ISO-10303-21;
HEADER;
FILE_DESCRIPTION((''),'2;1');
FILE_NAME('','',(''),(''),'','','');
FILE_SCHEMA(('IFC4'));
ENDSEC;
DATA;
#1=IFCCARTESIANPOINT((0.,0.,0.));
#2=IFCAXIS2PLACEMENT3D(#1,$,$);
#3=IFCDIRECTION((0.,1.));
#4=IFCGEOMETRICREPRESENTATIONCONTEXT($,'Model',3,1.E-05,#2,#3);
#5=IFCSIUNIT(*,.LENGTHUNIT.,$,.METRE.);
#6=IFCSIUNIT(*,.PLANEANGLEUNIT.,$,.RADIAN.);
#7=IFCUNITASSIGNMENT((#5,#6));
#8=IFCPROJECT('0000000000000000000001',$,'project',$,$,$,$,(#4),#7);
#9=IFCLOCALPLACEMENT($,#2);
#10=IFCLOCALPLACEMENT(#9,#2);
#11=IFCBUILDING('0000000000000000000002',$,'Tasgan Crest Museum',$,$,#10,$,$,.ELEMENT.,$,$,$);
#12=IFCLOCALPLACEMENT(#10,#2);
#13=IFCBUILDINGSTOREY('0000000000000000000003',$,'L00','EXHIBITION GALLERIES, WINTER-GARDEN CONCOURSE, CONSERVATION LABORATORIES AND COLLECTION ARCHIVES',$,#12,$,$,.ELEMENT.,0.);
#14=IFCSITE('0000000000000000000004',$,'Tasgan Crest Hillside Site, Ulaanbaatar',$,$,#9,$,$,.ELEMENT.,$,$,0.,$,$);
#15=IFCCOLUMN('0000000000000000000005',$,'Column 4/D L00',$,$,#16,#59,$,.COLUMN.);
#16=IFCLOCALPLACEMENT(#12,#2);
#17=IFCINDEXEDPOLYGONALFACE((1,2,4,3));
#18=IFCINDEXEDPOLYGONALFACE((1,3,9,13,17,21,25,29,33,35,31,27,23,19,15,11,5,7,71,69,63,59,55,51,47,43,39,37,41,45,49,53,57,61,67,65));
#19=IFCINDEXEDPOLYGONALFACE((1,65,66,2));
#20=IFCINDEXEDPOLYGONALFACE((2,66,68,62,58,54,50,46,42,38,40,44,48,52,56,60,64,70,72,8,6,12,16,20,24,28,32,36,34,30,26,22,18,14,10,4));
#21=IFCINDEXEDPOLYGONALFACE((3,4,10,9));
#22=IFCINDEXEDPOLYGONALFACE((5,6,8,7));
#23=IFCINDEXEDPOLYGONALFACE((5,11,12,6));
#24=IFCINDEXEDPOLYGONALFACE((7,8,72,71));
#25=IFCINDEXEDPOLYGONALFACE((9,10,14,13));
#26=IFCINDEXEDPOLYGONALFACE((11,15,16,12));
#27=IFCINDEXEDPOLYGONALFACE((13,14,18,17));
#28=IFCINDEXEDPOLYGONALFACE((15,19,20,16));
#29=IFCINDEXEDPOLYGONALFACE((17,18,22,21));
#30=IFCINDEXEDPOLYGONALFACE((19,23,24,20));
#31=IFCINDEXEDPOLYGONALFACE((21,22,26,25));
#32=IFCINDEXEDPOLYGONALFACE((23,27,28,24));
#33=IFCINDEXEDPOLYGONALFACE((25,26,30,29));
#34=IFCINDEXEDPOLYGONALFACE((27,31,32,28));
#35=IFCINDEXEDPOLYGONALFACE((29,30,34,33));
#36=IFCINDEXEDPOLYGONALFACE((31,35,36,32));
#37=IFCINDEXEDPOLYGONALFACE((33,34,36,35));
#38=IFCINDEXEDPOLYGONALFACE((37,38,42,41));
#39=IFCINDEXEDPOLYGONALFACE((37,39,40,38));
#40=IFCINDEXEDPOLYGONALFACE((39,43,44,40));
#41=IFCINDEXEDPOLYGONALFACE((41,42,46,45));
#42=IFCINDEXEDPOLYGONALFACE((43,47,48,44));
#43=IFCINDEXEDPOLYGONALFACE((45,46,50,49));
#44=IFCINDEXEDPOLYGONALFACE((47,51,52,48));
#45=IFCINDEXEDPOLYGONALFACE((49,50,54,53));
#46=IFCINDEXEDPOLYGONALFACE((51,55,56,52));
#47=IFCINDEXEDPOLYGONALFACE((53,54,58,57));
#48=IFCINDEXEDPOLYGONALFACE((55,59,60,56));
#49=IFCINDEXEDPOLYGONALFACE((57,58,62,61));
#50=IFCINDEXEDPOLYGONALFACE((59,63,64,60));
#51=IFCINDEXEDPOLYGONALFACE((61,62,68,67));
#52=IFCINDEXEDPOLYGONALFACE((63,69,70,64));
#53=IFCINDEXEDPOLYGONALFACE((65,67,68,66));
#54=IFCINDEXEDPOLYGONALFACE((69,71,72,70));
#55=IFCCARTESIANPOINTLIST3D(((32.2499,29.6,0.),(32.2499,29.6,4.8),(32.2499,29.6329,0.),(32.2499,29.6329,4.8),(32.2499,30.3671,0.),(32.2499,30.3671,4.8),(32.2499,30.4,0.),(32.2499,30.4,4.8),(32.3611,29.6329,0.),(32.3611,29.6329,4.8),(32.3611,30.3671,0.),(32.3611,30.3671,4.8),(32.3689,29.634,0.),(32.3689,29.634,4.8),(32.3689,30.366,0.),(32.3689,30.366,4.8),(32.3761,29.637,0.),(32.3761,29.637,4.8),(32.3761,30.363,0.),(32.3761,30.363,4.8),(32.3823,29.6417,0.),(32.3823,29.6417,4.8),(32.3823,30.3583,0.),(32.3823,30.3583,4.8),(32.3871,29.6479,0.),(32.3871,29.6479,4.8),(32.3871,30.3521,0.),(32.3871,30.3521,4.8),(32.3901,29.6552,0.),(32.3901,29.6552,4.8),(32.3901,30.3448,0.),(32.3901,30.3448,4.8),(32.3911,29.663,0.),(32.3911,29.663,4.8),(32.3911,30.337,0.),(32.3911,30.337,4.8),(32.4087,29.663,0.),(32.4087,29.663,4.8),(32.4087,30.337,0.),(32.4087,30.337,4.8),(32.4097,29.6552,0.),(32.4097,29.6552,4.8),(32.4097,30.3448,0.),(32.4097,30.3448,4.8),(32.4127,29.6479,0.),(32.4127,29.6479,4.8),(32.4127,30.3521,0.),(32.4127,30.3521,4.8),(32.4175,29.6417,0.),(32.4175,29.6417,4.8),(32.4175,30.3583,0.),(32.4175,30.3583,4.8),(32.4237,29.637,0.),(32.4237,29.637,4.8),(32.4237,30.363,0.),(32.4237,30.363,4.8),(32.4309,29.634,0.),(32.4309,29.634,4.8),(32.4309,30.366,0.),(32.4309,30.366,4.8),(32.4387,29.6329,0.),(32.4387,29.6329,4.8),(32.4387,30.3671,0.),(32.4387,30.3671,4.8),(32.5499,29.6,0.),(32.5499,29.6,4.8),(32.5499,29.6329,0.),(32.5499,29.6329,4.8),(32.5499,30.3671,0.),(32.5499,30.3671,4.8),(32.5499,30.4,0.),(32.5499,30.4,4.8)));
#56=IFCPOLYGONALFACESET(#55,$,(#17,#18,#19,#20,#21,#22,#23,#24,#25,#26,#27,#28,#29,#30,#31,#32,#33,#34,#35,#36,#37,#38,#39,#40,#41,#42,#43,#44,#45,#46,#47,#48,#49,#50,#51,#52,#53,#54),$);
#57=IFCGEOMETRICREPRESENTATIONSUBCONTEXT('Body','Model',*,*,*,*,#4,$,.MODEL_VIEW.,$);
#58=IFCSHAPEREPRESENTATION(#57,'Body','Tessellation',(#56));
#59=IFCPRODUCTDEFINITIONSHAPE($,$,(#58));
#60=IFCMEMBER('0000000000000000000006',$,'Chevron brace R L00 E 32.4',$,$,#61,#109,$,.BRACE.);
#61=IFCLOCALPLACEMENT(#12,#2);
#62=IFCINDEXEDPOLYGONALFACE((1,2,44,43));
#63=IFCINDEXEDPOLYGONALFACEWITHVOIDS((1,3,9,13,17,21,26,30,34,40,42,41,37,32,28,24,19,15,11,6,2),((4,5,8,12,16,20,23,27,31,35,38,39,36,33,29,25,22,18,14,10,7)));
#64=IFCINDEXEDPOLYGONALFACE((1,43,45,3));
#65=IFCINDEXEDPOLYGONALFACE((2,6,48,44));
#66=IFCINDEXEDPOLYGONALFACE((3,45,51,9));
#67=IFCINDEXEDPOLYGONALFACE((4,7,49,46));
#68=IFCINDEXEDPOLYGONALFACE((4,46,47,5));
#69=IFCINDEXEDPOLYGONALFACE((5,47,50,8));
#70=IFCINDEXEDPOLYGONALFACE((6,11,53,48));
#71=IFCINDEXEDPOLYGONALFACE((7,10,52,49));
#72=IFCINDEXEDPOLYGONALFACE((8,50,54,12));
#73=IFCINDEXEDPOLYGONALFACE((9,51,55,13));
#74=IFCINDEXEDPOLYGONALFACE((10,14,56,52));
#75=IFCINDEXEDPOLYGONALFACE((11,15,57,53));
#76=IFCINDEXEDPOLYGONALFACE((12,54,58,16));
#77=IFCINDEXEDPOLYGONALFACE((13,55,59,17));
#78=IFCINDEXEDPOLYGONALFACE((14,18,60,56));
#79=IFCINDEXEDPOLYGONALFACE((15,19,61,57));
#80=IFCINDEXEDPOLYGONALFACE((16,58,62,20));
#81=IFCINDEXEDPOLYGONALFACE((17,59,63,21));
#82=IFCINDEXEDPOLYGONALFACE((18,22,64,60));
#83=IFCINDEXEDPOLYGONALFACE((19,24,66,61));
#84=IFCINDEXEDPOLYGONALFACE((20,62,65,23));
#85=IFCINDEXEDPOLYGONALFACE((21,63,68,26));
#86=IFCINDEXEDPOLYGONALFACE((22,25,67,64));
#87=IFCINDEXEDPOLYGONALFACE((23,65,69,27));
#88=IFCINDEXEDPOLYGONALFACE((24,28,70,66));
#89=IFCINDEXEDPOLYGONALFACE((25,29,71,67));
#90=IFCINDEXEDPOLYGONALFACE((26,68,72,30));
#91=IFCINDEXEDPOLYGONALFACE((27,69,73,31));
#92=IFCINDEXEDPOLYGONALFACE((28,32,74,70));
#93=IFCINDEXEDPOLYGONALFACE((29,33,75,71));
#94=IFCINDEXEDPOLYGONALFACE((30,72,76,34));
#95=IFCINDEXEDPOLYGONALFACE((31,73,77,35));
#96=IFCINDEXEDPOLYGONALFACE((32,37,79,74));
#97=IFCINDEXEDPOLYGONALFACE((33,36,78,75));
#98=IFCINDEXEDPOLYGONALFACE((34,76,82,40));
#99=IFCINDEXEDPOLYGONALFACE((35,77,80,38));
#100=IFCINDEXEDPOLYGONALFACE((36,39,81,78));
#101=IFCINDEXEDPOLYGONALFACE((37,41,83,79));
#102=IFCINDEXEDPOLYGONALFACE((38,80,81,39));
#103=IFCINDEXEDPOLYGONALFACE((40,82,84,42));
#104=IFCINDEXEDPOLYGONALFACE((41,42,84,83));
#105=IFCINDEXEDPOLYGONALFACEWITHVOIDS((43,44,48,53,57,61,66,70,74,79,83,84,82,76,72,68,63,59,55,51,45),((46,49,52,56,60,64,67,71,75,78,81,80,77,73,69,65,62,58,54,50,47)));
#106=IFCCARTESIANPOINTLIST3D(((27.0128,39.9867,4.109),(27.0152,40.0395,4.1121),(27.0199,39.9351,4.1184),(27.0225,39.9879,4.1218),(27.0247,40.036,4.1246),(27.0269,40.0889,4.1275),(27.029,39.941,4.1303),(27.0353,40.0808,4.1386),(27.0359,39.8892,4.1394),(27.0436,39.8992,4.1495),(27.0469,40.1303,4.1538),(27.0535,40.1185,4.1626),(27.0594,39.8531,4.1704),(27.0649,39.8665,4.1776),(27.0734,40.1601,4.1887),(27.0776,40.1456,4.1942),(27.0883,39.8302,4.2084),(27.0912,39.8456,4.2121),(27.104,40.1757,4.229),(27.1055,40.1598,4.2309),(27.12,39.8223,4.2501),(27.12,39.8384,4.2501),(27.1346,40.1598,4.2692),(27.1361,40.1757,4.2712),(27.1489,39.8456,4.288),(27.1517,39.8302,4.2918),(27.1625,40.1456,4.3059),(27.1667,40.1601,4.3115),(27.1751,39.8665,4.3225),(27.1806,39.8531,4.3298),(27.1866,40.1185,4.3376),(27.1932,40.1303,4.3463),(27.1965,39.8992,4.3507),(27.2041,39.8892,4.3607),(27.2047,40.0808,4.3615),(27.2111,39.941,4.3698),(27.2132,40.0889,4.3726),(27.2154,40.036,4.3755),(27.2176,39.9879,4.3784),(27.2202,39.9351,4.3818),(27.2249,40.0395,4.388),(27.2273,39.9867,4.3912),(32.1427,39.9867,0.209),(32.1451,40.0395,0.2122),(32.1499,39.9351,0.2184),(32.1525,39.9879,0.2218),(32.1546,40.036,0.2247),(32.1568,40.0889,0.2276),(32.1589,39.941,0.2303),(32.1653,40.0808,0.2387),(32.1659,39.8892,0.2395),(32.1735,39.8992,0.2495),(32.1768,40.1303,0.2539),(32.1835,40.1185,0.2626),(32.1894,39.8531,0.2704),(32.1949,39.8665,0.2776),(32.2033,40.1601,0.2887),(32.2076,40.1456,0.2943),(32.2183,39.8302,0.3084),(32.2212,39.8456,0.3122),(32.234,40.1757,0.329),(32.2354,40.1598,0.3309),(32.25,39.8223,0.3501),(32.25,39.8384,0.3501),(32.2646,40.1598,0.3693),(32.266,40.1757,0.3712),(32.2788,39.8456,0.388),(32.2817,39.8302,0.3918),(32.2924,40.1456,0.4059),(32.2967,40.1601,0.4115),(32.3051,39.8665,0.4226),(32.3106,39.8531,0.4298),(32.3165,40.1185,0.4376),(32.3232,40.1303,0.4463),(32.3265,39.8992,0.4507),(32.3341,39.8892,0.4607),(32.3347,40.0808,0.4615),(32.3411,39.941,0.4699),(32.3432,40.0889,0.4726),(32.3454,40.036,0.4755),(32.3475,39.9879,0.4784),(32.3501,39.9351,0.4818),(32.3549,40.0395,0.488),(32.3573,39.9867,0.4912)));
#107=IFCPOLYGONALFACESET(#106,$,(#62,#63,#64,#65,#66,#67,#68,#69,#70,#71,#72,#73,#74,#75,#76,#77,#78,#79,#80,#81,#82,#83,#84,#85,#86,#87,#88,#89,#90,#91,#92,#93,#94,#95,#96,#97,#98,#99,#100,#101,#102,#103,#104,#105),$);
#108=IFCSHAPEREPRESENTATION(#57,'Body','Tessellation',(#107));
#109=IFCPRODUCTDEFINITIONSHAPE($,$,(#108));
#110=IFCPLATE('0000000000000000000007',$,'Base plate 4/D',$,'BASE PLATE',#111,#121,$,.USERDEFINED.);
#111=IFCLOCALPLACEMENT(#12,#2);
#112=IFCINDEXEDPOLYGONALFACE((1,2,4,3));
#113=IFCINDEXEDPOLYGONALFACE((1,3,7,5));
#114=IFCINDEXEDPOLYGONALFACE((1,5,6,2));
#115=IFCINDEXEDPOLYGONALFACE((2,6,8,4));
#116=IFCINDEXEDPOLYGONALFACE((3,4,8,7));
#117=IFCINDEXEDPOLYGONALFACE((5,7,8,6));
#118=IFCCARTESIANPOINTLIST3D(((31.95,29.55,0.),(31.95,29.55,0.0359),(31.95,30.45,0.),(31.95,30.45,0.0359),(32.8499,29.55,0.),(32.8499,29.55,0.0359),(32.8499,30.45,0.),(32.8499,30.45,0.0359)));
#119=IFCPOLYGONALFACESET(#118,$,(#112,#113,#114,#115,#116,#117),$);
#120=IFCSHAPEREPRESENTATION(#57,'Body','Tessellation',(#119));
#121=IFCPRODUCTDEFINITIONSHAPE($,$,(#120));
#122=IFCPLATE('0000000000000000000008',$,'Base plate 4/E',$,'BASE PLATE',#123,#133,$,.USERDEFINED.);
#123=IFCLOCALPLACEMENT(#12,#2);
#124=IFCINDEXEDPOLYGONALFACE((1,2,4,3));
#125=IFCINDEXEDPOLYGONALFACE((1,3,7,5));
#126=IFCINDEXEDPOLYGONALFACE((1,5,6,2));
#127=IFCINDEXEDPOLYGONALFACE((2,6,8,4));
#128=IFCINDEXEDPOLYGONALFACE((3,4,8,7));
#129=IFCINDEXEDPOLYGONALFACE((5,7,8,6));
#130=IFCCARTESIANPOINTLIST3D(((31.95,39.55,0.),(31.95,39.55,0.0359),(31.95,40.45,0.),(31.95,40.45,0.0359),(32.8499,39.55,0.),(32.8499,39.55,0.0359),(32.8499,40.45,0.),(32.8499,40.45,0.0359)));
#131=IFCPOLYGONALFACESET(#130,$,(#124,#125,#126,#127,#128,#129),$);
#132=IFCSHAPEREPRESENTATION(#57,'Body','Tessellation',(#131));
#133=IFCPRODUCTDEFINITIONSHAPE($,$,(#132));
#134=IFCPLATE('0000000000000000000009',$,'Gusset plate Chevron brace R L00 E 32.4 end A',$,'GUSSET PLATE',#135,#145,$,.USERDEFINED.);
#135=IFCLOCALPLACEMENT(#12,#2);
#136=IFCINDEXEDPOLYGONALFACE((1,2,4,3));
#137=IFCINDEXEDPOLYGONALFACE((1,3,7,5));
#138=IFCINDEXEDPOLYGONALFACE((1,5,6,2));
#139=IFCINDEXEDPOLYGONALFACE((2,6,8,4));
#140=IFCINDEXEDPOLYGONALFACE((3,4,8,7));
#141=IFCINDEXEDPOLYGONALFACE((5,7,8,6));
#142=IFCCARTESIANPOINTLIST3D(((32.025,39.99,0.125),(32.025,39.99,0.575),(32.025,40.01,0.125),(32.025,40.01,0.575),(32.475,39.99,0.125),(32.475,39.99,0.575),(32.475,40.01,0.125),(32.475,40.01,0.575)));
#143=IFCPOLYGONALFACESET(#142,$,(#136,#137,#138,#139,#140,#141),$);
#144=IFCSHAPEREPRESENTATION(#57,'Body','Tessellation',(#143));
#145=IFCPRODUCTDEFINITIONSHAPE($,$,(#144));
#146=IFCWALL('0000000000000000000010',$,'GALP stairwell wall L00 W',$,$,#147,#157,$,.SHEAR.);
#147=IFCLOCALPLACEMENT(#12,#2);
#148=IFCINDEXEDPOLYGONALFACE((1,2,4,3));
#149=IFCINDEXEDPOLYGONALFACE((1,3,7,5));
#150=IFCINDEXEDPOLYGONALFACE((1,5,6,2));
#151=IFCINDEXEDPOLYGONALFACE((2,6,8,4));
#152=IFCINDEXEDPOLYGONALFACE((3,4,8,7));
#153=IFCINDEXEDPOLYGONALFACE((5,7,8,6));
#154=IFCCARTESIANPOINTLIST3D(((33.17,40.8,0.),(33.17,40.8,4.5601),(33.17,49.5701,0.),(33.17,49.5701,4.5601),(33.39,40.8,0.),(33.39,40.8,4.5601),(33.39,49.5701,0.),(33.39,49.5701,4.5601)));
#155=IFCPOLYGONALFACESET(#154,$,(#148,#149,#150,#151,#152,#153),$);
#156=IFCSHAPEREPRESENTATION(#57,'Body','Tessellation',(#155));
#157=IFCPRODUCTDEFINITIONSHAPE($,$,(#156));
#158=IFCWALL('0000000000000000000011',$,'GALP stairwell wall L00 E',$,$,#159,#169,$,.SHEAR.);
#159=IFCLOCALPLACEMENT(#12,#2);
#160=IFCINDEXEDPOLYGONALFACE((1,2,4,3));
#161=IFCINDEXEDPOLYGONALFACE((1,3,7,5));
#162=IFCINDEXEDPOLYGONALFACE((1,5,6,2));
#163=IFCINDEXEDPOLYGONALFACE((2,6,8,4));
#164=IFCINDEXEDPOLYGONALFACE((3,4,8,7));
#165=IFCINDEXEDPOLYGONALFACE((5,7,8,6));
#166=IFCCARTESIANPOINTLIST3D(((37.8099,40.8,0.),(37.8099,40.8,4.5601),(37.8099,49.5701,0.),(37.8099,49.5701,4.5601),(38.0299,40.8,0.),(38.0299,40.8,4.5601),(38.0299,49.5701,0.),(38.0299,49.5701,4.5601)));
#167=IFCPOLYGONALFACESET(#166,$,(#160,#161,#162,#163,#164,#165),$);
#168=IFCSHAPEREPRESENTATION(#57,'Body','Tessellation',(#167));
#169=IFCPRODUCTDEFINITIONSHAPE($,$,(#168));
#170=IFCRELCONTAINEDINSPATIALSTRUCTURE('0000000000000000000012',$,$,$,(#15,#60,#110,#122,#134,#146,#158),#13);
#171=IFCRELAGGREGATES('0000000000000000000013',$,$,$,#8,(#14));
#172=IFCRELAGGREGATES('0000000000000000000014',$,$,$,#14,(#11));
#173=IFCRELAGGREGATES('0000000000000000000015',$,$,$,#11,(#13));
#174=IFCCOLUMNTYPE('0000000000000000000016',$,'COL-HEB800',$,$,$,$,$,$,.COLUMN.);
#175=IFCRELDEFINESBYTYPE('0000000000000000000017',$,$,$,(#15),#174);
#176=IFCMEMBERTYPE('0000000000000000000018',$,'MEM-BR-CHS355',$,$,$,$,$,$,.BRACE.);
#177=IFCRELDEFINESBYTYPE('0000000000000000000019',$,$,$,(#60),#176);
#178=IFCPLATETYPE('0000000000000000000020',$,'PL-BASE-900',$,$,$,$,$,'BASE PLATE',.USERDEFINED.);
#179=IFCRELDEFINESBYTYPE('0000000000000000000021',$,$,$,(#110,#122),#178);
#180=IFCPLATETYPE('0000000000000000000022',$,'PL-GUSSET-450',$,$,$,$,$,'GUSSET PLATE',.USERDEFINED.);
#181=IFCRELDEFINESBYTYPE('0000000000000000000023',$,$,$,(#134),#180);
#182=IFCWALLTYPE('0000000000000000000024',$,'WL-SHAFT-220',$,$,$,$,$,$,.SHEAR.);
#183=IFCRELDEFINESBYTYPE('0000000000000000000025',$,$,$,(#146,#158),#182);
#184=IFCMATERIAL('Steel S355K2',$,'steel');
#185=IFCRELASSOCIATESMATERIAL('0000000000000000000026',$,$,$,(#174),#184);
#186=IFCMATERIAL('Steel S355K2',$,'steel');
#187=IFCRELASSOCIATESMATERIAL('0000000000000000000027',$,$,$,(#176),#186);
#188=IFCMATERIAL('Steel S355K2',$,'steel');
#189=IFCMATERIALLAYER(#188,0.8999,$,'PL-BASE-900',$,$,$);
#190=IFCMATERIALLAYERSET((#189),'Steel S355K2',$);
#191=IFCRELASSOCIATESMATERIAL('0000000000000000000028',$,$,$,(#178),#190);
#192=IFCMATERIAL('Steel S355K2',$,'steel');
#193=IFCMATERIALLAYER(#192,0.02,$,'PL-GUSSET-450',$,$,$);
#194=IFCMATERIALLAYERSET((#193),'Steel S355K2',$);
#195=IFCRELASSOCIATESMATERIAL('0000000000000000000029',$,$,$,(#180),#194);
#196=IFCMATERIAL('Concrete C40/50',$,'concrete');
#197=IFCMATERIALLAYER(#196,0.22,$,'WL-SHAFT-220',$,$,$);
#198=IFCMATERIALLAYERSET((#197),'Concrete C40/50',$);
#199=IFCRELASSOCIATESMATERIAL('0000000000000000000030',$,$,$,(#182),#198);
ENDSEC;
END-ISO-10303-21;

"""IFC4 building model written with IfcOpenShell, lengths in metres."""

from ifc_helpers import new_model, si_unit, direction, frame, frame_2d, origin, origin_2d, place, context, subcontext, project, spatial, rectangle, hollow_circle, i_section, extrude, material, layer, layer_set, material_profile, profile_set, type_object, element, save


model = new_model("IFC4")

# Units and contexts
model_context = context("Model", 3, precision=1e-05, world=origin(), true_north=direction((0.0, 1.0)))
body_context = subcontext(model_context, "Body", "Model", "MODEL_VIEW")
ifc_project = project(units=[si_unit("LENGTHUNIT", "METRE"), si_unit("PLANEANGLEUNIT", "RADIAN")], contexts=[model_context])

# Site, building, storey
site_placement = place(None, origin())
site = spatial("IfcSite", under=ifc_project, at=site_placement, Name="Tasgan Crest Hillside Site, Ulaanbaatar", CompositionType="ELEMENT", RefElevation=0.0)
building_placement = place(site_placement, origin())
building = spatial("IfcBuilding", under=site, at=building_placement, Name="Tasgan Crest Museum", CompositionType="ELEMENT")
storey_placement = place(building_placement, origin())
storey = spatial("IfcBuildingStorey", under=building, at=storey_placement, Name="L00", Description="EXHIBITION GALLERIES, WINTER-GARDEN CONCOURSE, CONSERVATION LABORATORIES AND COLLECTION ARCHIVES", CompositionType="ELEMENT", Elevation=0.0)

# Column
ifc_material_1 = material(Name="Steel S355K2", Category="steel")
ifc_material_profile_1 = material_profile(ifc_material_1, i_section(OverallWidth=0.3, OverallDepth=0.8, WebThickness=0.0176, FlangeThickness=0.033, FilletRadius=0.03, at=origin_2d()), Name="HEB 800")
ifc_profile_set_1 = profile_set([ifc_material_profile_1], Name="Steel S355K2")
column_type_1 = type_object("IfcColumnType", Name="COL-HEB800", PredefinedType="COLUMN", material=ifc_profile_set_1)
column_1_placement = place(storey_placement, frame((32.3999, 30.0, 0.0), z_axis=(0.0, 0.0, 1.0), x_axis=(1.0, 0.0, 0.0)))
element("IfcColumn", 1, at=column_1_placement, inside=storey, type_object=column_type_1, Name="Column 4/D L00", PredefinedType="COLUMN", context=body_context, shape_type="SweptSolid", body=[
    extrude(i_section(OverallWidth=0.3, OverallDepth=0.8, WebThickness=0.0176, FlangeThickness=0.033, FilletRadius=0.03, at=origin_2d()), origin(), (0.0, 0.0, 1.0), 4.8),
])

# Member
ifc_material_2 = material(Name="Steel S355K2", Category="steel")
ifc_material_profile_2 = material_profile(ifc_material_2, hollow_circle(Radius=0.1777, WallThickness=0.0161, at=origin_2d()), Name="CHS 355.6x16")
ifc_profile_set_2 = profile_set([ifc_material_profile_2], Name="Steel S355K2")
member_type = type_object("IfcMemberType", Name="MEM-BR-CHS355", PredefinedType="BRACE", material=ifc_profile_set_2)
member_placement = place(storey_placement, frame((32.25, 40.0, 0.3501), z_axis=(-0.796073, 0.0, 0.6052), x_axis=(0.0, -1.0, 0.0)))
element("IfcMember", 2, at=member_placement, inside=storey, type_object=member_type, Name="Chevron brace R L00 E 32.4", PredefinedType="BRACE", context=body_context, shape_type="SweptSolid", body=[
    extrude(hollow_circle(Radius=0.1777, WallThickness=0.0161, at=origin_2d()), origin(), (0.0, 0.0, 1.0), 6.4441),
])

# Plates
ifc_material_3 = material(Name="Steel S355K2", Category="steel")
ifc_layer_1 = layer(ifc_material_3, 0.8999, Name="PL-BASE-900")
ifc_layer_set_1 = layer_set([ifc_layer_1], Name="Steel S355K2")
plate_type_1 = type_object("IfcPlateType", Name="PL-BASE-900", ElementType="BASE PLATE", PredefinedType="USERDEFINED", material=ifc_layer_set_1)
for number, where, z_axis, x_axis, name in (
    (3, (32.3999, 30.0, 0.0), (0.0, 0.0, 1.0), (1.0, 0.0, 0.0), "Base plate 4/D"),
    (4, (32.3999, 40.0, 0.0), (0.0, 0.0, 1.0), (1.0, 0.0, 0.0), "Base plate 4/E"),
):
    element("IfcPlate", number, at=place(storey_placement, frame(where, z_axis=z_axis, x_axis=x_axis)), inside=storey, type_object=plate_type_1, Name=name, ObjectType="BASE PLATE", PredefinedType="USERDEFINED", context=body_context, shape_type="SweptSolid", body=[
        extrude(rectangle(XDim=0.8999, YDim=0.8999, at=origin_2d()), origin(), (0.0, 0.0, 1.0), 0.0359),
    ])
ifc_material_4 = material(Name="Steel S355K2", Category="steel")
ifc_layer_2 = layer(ifc_material_4, 0.02, Name="PL-GUSSET-450")
ifc_layer_set_2 = layer_set([ifc_layer_2], Name="Steel S355K2")
plate_type_2 = type_object("IfcPlateType", Name="PL-GUSSET-450", ElementType="GUSSET PLATE", PredefinedType="USERDEFINED", material=ifc_layer_set_2)
plate_placement = place(storey_placement, frame((32.25, 40.0, 0.125), z_axis=(0.0, 0.0, 1.0), x_axis=(1.0, 0.0, 0.0)))
element("IfcPlate", 5, at=plate_placement, inside=storey, type_object=plate_type_2, Name="Gusset plate Chevron brace R L00 E 32.4 end A", ObjectType="GUSSET PLATE", PredefinedType="USERDEFINED", context=body_context, shape_type="SweptSolid", body=[
    extrude(rectangle(XDim=0.45, YDim=0.02, at=origin_2d()), origin(), (0.0, 0.0, 1.0), 0.45),
])

# Walls
ifc_material_5 = material(Name="Concrete C40/50", Category="concrete")
ifc_layer_3 = layer(ifc_material_5, 0.22, Name="WL-SHAFT-220")
ifc_layer_set_3 = layer_set([ifc_layer_3], Name="Concrete C40/50")
wall_type = type_object("IfcWallType", Name="WL-SHAFT-220", PredefinedType="SHEAR", material=ifc_layer_set_3)
for number, where, z_axis, x_axis, name in (
    (6, (33.28, 40.8, 0.0), (0.0, 0.0, 1.0), (0.0, 1.0, 0.0), "GALP stairwell wall L00 W"),
    (7, (37.9199, 40.8, 0.0), (0.0, 0.0, 1.0), (0.0, 1.0, 0.0), "GALP stairwell wall L00 E"),
):
    element("IfcWall", number, at=place(storey_placement, frame(where, z_axis=z_axis, x_axis=x_axis)), inside=storey, type_object=wall_type, Name=name, PredefinedType="SHEAR", context=body_context, shape_type="SweptSolid", body=[
        extrude(rectangle(XDim=8.77, YDim=0.22, at=frame_2d((4.385, 0.0))), origin(), (0.0, 0.0, 1.0), 4.5601),
    ])

save(model, "model.ifc")
